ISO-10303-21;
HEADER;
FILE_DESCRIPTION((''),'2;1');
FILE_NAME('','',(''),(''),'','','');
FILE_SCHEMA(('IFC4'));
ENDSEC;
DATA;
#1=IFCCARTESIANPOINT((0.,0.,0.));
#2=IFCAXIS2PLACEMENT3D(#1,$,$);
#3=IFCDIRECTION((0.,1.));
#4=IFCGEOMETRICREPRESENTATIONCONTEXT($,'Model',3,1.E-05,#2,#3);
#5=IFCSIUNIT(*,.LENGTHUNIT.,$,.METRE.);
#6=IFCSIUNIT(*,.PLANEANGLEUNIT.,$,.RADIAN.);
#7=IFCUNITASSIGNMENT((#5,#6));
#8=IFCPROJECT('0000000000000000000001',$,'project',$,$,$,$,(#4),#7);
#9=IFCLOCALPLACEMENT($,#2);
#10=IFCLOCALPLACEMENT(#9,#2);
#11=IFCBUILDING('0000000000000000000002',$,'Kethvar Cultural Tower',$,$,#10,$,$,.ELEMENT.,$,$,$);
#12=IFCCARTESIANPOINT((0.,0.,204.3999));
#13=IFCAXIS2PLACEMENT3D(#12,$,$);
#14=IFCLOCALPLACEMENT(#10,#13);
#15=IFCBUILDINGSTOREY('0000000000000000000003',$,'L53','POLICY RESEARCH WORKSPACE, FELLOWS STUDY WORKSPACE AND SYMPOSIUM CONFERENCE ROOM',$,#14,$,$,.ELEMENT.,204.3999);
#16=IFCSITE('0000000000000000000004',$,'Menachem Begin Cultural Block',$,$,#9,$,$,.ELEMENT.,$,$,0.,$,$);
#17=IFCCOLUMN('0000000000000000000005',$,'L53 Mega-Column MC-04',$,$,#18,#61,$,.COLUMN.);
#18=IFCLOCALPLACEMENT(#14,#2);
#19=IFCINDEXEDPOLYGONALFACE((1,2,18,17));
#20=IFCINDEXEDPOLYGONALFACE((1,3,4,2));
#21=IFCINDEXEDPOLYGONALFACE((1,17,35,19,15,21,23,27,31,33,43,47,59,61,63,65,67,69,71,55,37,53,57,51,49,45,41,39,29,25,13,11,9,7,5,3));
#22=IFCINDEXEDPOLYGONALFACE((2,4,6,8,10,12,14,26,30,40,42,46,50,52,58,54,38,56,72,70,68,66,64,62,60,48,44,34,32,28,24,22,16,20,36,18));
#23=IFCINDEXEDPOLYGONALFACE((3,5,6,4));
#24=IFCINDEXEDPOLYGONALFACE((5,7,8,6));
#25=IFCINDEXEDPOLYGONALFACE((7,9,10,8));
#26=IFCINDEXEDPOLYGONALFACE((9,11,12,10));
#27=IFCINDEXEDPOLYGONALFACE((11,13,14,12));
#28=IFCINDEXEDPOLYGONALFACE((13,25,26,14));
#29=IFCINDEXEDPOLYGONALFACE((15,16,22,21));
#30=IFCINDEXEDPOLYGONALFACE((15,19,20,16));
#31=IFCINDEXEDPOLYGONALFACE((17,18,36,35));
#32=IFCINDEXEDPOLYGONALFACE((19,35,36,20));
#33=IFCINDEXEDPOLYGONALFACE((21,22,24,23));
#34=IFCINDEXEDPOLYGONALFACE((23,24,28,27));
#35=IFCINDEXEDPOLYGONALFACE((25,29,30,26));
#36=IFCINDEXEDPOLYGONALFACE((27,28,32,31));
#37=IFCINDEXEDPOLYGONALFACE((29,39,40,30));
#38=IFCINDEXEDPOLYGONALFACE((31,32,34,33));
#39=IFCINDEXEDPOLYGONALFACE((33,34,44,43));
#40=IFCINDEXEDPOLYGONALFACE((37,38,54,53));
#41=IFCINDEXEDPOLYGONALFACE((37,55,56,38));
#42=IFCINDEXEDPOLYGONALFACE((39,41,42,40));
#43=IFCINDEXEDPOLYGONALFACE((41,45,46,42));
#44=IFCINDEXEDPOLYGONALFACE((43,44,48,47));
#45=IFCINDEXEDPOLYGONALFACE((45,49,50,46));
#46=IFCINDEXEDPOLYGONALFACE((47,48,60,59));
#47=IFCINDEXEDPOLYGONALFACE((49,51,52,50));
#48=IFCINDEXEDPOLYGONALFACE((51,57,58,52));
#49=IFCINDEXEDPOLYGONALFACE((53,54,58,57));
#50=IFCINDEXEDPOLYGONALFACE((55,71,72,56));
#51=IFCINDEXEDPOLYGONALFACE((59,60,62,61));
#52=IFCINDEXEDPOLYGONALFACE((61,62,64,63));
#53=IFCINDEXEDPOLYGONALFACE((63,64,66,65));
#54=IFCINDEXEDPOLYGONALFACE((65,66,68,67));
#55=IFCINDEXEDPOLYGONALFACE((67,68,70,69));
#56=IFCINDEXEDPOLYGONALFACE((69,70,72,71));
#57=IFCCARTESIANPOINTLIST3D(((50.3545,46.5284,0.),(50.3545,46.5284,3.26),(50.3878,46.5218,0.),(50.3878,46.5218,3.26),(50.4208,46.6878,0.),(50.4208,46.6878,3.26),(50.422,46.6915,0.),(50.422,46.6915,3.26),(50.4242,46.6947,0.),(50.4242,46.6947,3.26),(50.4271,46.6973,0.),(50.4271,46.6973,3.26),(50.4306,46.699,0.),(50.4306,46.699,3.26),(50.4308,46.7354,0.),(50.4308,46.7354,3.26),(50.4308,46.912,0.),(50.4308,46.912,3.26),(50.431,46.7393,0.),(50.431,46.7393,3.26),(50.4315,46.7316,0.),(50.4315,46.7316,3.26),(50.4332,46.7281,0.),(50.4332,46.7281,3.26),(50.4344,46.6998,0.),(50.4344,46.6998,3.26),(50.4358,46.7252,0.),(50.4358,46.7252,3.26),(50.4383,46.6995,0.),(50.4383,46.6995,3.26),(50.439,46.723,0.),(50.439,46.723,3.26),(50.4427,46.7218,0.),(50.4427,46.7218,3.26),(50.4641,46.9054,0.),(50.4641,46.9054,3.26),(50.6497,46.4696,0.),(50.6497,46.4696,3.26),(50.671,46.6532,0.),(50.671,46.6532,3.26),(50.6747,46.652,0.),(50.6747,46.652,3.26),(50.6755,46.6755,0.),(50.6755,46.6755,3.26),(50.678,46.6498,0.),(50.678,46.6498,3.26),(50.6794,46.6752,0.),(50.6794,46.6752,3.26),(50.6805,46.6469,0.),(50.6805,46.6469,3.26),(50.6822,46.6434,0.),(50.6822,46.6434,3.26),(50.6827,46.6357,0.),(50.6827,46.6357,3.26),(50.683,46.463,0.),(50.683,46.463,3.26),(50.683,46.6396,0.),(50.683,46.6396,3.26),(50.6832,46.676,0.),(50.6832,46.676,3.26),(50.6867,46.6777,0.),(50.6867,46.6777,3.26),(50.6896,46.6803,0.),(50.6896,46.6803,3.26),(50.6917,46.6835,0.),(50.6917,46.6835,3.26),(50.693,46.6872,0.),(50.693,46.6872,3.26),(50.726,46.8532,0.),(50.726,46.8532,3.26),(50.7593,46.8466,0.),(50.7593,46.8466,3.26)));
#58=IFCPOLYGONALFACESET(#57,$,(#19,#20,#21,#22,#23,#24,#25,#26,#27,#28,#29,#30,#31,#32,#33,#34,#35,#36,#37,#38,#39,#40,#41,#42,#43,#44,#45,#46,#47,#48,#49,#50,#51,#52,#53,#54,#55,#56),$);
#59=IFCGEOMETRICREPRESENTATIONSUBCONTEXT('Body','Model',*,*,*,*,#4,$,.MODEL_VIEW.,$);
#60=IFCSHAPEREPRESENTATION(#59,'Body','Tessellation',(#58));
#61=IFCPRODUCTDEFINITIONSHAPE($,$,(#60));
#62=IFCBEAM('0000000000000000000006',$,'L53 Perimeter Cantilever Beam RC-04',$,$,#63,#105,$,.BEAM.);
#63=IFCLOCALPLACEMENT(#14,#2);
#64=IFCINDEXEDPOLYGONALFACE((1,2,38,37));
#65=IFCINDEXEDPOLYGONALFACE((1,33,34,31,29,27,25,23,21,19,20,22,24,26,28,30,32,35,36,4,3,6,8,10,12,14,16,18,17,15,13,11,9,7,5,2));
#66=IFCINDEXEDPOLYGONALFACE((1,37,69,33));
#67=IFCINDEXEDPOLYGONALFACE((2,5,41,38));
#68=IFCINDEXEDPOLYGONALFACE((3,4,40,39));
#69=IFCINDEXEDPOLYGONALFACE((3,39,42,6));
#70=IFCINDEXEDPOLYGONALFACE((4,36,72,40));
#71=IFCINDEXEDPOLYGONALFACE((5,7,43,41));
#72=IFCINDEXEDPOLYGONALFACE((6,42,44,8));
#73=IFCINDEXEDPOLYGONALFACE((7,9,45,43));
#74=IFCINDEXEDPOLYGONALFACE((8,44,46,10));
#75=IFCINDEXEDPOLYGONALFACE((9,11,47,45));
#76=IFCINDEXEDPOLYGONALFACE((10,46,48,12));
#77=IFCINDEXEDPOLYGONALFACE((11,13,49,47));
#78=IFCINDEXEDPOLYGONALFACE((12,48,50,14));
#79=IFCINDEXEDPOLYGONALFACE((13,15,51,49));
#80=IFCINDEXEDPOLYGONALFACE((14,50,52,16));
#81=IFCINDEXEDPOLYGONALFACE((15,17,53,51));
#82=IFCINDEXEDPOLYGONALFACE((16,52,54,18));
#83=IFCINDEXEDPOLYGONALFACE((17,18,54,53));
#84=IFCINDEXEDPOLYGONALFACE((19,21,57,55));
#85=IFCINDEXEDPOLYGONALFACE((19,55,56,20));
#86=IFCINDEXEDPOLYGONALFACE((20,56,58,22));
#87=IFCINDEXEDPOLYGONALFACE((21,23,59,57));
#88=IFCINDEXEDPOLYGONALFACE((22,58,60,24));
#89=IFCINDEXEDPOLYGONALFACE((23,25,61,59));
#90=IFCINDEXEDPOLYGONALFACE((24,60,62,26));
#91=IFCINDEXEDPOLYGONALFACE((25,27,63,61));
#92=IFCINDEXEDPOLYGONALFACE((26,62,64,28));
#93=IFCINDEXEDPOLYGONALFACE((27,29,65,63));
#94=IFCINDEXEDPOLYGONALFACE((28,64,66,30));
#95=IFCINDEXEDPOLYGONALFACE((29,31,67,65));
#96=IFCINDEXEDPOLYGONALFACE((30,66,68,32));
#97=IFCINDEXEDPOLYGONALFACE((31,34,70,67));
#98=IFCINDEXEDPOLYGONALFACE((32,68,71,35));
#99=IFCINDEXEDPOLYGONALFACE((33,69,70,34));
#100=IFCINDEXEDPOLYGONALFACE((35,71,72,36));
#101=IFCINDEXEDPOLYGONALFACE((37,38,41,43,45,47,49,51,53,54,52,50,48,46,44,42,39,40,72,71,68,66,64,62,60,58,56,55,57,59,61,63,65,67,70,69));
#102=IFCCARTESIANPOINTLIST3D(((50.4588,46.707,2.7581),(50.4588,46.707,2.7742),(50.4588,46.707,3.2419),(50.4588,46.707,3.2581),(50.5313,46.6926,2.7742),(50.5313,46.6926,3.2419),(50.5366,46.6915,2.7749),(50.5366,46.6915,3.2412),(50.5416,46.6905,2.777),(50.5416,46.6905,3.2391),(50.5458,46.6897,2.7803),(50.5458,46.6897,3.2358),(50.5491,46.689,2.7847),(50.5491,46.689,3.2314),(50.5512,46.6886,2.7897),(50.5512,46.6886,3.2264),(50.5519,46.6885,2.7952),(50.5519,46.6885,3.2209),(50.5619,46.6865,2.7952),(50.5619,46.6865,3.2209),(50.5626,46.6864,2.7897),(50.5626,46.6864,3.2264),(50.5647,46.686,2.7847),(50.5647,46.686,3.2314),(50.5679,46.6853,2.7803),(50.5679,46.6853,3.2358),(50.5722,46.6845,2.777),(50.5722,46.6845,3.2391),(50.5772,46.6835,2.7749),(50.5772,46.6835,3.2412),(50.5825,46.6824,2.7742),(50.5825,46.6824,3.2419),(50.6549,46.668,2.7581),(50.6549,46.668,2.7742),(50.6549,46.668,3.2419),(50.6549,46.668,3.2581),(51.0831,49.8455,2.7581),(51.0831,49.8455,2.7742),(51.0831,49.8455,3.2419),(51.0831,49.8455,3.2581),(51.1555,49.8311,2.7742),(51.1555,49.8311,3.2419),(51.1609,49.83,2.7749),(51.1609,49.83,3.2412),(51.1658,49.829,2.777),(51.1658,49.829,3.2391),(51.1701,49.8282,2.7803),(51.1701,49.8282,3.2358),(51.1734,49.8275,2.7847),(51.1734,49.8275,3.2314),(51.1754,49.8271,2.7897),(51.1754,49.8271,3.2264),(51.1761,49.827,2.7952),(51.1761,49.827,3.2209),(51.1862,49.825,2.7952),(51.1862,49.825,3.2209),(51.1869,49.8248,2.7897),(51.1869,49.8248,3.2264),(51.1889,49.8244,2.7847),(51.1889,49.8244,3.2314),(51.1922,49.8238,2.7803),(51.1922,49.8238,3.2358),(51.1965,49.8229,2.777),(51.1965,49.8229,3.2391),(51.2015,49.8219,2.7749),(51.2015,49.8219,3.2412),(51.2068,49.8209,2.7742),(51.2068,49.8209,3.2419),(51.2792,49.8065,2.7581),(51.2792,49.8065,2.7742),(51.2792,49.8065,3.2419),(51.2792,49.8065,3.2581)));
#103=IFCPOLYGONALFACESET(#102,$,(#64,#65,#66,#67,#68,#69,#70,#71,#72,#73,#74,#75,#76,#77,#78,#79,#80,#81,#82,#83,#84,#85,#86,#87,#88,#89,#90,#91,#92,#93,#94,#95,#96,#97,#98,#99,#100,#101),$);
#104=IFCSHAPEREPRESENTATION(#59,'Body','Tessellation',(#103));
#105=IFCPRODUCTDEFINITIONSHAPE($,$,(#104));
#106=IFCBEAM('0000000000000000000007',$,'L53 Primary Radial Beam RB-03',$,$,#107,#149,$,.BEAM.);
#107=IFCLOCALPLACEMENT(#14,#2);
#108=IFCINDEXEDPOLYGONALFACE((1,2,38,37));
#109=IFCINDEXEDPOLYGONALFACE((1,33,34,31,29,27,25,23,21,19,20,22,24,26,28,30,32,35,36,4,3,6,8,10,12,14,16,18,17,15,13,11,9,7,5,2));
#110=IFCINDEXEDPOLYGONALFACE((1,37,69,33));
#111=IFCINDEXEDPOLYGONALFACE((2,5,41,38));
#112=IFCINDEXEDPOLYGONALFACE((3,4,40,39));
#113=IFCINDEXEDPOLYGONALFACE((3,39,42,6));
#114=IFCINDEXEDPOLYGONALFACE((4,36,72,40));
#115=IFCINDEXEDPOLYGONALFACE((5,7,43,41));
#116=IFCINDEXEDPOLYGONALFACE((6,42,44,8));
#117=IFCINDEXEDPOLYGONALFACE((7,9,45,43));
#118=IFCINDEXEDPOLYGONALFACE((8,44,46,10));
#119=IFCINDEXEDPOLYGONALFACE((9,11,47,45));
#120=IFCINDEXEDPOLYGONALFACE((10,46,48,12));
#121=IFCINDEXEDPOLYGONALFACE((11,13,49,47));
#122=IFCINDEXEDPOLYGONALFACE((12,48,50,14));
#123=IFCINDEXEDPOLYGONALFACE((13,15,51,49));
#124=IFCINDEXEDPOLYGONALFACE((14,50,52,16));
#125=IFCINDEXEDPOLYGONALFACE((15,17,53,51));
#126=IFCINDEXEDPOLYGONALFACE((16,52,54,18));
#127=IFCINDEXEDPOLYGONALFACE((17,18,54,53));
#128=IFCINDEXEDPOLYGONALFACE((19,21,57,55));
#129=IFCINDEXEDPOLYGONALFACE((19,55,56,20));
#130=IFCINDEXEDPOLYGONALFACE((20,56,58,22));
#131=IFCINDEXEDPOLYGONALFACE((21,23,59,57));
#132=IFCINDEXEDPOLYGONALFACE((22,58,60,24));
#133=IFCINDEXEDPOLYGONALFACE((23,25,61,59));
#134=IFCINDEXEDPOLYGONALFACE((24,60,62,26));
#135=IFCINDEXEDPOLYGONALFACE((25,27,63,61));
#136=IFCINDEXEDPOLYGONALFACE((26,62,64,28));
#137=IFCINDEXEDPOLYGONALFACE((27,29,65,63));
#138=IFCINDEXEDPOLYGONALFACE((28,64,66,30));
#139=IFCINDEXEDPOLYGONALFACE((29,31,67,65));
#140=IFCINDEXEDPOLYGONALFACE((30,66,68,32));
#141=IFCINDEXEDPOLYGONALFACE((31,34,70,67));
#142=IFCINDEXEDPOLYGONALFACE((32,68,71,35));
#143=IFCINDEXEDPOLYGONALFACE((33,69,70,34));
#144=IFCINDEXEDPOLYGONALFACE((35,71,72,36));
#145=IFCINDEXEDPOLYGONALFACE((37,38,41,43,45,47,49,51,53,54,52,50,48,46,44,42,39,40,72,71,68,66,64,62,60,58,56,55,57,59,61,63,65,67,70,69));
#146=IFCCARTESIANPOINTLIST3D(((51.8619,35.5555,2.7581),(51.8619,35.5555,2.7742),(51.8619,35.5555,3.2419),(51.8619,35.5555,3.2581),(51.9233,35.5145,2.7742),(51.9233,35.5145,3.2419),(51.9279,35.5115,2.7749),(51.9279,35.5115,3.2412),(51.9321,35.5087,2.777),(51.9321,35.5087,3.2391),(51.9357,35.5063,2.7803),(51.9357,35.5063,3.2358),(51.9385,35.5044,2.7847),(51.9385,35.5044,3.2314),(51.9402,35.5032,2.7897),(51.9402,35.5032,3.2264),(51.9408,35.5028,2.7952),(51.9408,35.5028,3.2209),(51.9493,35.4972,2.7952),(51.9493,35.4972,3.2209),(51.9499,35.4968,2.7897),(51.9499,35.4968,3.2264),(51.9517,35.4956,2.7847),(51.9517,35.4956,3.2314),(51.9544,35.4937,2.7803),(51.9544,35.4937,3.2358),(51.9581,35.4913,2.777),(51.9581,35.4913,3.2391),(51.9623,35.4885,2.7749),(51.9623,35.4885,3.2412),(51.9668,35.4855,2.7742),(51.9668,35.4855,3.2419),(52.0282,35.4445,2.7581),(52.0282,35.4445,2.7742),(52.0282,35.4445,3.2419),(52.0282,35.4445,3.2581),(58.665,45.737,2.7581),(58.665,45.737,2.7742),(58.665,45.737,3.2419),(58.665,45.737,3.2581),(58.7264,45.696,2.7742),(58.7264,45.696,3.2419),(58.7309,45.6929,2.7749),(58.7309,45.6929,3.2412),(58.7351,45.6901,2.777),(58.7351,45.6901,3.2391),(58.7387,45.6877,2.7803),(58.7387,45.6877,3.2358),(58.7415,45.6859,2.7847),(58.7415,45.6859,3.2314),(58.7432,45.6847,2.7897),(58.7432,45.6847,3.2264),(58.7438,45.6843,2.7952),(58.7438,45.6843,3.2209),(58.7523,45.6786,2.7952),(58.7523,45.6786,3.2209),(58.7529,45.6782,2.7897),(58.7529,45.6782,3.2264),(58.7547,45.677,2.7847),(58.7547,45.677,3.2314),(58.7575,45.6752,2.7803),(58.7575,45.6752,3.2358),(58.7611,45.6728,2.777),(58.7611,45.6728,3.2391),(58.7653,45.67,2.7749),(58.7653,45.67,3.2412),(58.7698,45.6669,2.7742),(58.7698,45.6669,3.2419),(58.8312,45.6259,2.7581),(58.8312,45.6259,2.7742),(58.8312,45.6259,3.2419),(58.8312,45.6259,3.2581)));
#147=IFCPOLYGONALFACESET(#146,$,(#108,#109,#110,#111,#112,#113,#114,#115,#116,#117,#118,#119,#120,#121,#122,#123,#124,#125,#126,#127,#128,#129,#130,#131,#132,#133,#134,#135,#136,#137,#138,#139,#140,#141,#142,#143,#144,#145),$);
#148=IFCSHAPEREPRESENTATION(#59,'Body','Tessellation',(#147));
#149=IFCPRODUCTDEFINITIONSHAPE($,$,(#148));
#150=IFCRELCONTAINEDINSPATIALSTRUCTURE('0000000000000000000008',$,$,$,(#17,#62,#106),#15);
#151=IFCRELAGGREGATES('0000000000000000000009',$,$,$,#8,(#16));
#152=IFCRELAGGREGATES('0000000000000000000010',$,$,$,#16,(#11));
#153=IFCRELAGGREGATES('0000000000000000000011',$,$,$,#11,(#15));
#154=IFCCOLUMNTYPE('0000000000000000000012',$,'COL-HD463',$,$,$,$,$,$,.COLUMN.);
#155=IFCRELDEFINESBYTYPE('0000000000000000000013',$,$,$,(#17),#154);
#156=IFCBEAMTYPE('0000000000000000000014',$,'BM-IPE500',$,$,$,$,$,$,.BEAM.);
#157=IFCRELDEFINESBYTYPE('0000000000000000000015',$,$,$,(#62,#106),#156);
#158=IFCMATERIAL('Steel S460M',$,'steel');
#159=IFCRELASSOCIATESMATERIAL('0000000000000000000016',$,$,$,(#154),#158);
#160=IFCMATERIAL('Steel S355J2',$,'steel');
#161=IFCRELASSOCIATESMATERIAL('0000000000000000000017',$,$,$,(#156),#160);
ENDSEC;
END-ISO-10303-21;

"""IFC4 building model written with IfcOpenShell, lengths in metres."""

from ifc_helpers import new_model, si_unit, direction, frame, origin, origin_2d, place, context, subcontext, project, spatial, i_section, extrude, source, transform, mapped, material, material_profile, profile_set, type_object, element, save


model = new_model("IFC4")

# Units and contexts
model_context = context("Model", 3, precision=1e-05, world=origin(), true_north=direction((0.0, 1.0)))
body_context = subcontext(model_context, "Body", "Model", "MODEL_VIEW")
ifc_project = project(units=[si_unit("LENGTHUNIT", "METRE"), si_unit("PLANEANGLEUNIT", "RADIAN")], contexts=[model_context])

# Site, building, storey
site_placement = place(None, origin())
site = spatial("IfcSite", under=ifc_project, at=site_placement, Name="Menachem Begin Cultural Block", CompositionType="ELEMENT", RefElevation=0.0)
building_placement = place(site_placement, origin())
building = spatial("IfcBuilding", under=site, at=building_placement, Name="Kethvar Cultural Tower", CompositionType="ELEMENT")
storey_placement = place(building_placement, frame((0.0, 0.0, 204.3999)))
storey = spatial("IfcBuildingStorey", under=building, at=storey_placement, Name="L53", Description="POLICY RESEARCH WORKSPACE, FELLOWS STUDY WORKSPACE AND SYMPOSIUM CONFERENCE ROOM", CompositionType="ELEMENT", Elevation=204.3999)

# Column
ifc_material_1 = material(Name="Steel S460M", Category="steel")
ifc_material_profile_1 = material_profile(ifc_material_1, i_section(OverallWidth=0.3911, OverallDepth=0.335, WebThickness=0.0227, FlangeThickness=0.0339, FilletRadius=0.0149, at=origin_2d()), Name="Steel S460M — HD400x463")
ifc_profile_set_1 = profile_set([ifc_material_profile_1], Name="Steel S460M — HD400x463")
column_type = type_object("IfcColumnType", Name="COL-HD463", PredefinedType="COLUMN", material=ifc_profile_set_1)
shared_shape_1 = source(origin(), body_context, "Body", "SweptSolid", [
    extrude(i_section(OverallWidth=0.3911, OverallDepth=0.335, WebThickness=0.0227, FlangeThickness=0.0339, FilletRadius=0.0149, at=origin_2d()), origin(), (0.0, 0.0, 1.0), 3.26),
])
column_placement = place(storey_placement, frame((50.5569, 46.6875, 0.0), z_axis=(0.0, 0.0, 1.0), x_axis=(0.19509, 0.980785, 0.0)))
element("IfcColumn", 1, at=column_placement, inside=storey, type_object=column_type, Name="L53 Mega-Column MC-04", PredefinedType="COLUMN", context=body_context, shape_type="MappedRepresentation", body=[
    mapped(shared_shape_1, transform((0.0, 0.0, 0.0), scale=1.0)),
])

# Beams
ifc_material_2 = material(Name="Steel S355J2", Category="steel")
ifc_material_profile_2 = material_profile(ifc_material_2, i_section(OverallWidth=0.2, OverallDepth=0.5, WebThickness=0.0103, FlangeThickness=0.0161, FilletRadius=0.021, at=origin_2d()), Name="Steel S355J2 — IPE500")
ifc_profile_set_2 = profile_set([ifc_material_profile_2], Name="Steel S355J2 — IPE500")
beam_type_1 = type_object("IfcBeamType", Name="BM-IPE500", PredefinedType="BEAM", material=ifc_profile_set_2)
shared_shape_2 = source(origin(), body_context, "Body", "SweptSolid", [
    extrude(i_section(OverallWidth=0.2, OverallDepth=0.5, WebThickness=0.0103, FlangeThickness=0.0161, FilletRadius=0.021, at=origin_2d()), origin(), (0.0, 0.0, 1.0), 3.2),
])
beam_1_placement = place(storey_placement, frame((50.5569, 46.6875, 3.0081), z_axis=(0.195089, 0.980786, 0.0), x_axis=(-0.980786, 0.195089, 0.0)))
element("IfcBeam", 2, at=beam_1_placement, inside=storey, type_object=beam_type_1, Name="L53 Perimeter Cantilever Beam RC-04", PredefinedType="BEAM", context=body_context, shape_type="MappedRepresentation", body=[
    mapped(shared_shape_2, transform((0.0, 0.0, 0.0), scale=1.0)),
])
shared_shape_3 = source(origin(), body_context, "Body", "SweptSolid", [
    extrude(i_section(OverallWidth=0.2, OverallDepth=0.5, WebThickness=0.0103, FlangeThickness=0.0161, FilletRadius=0.021, at=origin_2d()), origin(), (0.0, 0.0, 1.0), 12.2451),
])
beam_2_placement = place(storey_placement, frame((51.9451, 35.5, 3.0081), z_axis=(0.555569, 0.83147, 0.0), x_axis=(-0.83147, 0.555569, 0.0)))
element("IfcBeam", 3, at=beam_2_placement, inside=storey, type_object=beam_type_1, Name="L53 Primary Radial Beam RB-03", PredefinedType="BEAM", context=body_context, shape_type="MappedRepresentation", body=[
    mapped(shared_shape_3, transform((0.0, 0.0, 0.0), scale=1.0)),
])

save(model, "model.ifc")
